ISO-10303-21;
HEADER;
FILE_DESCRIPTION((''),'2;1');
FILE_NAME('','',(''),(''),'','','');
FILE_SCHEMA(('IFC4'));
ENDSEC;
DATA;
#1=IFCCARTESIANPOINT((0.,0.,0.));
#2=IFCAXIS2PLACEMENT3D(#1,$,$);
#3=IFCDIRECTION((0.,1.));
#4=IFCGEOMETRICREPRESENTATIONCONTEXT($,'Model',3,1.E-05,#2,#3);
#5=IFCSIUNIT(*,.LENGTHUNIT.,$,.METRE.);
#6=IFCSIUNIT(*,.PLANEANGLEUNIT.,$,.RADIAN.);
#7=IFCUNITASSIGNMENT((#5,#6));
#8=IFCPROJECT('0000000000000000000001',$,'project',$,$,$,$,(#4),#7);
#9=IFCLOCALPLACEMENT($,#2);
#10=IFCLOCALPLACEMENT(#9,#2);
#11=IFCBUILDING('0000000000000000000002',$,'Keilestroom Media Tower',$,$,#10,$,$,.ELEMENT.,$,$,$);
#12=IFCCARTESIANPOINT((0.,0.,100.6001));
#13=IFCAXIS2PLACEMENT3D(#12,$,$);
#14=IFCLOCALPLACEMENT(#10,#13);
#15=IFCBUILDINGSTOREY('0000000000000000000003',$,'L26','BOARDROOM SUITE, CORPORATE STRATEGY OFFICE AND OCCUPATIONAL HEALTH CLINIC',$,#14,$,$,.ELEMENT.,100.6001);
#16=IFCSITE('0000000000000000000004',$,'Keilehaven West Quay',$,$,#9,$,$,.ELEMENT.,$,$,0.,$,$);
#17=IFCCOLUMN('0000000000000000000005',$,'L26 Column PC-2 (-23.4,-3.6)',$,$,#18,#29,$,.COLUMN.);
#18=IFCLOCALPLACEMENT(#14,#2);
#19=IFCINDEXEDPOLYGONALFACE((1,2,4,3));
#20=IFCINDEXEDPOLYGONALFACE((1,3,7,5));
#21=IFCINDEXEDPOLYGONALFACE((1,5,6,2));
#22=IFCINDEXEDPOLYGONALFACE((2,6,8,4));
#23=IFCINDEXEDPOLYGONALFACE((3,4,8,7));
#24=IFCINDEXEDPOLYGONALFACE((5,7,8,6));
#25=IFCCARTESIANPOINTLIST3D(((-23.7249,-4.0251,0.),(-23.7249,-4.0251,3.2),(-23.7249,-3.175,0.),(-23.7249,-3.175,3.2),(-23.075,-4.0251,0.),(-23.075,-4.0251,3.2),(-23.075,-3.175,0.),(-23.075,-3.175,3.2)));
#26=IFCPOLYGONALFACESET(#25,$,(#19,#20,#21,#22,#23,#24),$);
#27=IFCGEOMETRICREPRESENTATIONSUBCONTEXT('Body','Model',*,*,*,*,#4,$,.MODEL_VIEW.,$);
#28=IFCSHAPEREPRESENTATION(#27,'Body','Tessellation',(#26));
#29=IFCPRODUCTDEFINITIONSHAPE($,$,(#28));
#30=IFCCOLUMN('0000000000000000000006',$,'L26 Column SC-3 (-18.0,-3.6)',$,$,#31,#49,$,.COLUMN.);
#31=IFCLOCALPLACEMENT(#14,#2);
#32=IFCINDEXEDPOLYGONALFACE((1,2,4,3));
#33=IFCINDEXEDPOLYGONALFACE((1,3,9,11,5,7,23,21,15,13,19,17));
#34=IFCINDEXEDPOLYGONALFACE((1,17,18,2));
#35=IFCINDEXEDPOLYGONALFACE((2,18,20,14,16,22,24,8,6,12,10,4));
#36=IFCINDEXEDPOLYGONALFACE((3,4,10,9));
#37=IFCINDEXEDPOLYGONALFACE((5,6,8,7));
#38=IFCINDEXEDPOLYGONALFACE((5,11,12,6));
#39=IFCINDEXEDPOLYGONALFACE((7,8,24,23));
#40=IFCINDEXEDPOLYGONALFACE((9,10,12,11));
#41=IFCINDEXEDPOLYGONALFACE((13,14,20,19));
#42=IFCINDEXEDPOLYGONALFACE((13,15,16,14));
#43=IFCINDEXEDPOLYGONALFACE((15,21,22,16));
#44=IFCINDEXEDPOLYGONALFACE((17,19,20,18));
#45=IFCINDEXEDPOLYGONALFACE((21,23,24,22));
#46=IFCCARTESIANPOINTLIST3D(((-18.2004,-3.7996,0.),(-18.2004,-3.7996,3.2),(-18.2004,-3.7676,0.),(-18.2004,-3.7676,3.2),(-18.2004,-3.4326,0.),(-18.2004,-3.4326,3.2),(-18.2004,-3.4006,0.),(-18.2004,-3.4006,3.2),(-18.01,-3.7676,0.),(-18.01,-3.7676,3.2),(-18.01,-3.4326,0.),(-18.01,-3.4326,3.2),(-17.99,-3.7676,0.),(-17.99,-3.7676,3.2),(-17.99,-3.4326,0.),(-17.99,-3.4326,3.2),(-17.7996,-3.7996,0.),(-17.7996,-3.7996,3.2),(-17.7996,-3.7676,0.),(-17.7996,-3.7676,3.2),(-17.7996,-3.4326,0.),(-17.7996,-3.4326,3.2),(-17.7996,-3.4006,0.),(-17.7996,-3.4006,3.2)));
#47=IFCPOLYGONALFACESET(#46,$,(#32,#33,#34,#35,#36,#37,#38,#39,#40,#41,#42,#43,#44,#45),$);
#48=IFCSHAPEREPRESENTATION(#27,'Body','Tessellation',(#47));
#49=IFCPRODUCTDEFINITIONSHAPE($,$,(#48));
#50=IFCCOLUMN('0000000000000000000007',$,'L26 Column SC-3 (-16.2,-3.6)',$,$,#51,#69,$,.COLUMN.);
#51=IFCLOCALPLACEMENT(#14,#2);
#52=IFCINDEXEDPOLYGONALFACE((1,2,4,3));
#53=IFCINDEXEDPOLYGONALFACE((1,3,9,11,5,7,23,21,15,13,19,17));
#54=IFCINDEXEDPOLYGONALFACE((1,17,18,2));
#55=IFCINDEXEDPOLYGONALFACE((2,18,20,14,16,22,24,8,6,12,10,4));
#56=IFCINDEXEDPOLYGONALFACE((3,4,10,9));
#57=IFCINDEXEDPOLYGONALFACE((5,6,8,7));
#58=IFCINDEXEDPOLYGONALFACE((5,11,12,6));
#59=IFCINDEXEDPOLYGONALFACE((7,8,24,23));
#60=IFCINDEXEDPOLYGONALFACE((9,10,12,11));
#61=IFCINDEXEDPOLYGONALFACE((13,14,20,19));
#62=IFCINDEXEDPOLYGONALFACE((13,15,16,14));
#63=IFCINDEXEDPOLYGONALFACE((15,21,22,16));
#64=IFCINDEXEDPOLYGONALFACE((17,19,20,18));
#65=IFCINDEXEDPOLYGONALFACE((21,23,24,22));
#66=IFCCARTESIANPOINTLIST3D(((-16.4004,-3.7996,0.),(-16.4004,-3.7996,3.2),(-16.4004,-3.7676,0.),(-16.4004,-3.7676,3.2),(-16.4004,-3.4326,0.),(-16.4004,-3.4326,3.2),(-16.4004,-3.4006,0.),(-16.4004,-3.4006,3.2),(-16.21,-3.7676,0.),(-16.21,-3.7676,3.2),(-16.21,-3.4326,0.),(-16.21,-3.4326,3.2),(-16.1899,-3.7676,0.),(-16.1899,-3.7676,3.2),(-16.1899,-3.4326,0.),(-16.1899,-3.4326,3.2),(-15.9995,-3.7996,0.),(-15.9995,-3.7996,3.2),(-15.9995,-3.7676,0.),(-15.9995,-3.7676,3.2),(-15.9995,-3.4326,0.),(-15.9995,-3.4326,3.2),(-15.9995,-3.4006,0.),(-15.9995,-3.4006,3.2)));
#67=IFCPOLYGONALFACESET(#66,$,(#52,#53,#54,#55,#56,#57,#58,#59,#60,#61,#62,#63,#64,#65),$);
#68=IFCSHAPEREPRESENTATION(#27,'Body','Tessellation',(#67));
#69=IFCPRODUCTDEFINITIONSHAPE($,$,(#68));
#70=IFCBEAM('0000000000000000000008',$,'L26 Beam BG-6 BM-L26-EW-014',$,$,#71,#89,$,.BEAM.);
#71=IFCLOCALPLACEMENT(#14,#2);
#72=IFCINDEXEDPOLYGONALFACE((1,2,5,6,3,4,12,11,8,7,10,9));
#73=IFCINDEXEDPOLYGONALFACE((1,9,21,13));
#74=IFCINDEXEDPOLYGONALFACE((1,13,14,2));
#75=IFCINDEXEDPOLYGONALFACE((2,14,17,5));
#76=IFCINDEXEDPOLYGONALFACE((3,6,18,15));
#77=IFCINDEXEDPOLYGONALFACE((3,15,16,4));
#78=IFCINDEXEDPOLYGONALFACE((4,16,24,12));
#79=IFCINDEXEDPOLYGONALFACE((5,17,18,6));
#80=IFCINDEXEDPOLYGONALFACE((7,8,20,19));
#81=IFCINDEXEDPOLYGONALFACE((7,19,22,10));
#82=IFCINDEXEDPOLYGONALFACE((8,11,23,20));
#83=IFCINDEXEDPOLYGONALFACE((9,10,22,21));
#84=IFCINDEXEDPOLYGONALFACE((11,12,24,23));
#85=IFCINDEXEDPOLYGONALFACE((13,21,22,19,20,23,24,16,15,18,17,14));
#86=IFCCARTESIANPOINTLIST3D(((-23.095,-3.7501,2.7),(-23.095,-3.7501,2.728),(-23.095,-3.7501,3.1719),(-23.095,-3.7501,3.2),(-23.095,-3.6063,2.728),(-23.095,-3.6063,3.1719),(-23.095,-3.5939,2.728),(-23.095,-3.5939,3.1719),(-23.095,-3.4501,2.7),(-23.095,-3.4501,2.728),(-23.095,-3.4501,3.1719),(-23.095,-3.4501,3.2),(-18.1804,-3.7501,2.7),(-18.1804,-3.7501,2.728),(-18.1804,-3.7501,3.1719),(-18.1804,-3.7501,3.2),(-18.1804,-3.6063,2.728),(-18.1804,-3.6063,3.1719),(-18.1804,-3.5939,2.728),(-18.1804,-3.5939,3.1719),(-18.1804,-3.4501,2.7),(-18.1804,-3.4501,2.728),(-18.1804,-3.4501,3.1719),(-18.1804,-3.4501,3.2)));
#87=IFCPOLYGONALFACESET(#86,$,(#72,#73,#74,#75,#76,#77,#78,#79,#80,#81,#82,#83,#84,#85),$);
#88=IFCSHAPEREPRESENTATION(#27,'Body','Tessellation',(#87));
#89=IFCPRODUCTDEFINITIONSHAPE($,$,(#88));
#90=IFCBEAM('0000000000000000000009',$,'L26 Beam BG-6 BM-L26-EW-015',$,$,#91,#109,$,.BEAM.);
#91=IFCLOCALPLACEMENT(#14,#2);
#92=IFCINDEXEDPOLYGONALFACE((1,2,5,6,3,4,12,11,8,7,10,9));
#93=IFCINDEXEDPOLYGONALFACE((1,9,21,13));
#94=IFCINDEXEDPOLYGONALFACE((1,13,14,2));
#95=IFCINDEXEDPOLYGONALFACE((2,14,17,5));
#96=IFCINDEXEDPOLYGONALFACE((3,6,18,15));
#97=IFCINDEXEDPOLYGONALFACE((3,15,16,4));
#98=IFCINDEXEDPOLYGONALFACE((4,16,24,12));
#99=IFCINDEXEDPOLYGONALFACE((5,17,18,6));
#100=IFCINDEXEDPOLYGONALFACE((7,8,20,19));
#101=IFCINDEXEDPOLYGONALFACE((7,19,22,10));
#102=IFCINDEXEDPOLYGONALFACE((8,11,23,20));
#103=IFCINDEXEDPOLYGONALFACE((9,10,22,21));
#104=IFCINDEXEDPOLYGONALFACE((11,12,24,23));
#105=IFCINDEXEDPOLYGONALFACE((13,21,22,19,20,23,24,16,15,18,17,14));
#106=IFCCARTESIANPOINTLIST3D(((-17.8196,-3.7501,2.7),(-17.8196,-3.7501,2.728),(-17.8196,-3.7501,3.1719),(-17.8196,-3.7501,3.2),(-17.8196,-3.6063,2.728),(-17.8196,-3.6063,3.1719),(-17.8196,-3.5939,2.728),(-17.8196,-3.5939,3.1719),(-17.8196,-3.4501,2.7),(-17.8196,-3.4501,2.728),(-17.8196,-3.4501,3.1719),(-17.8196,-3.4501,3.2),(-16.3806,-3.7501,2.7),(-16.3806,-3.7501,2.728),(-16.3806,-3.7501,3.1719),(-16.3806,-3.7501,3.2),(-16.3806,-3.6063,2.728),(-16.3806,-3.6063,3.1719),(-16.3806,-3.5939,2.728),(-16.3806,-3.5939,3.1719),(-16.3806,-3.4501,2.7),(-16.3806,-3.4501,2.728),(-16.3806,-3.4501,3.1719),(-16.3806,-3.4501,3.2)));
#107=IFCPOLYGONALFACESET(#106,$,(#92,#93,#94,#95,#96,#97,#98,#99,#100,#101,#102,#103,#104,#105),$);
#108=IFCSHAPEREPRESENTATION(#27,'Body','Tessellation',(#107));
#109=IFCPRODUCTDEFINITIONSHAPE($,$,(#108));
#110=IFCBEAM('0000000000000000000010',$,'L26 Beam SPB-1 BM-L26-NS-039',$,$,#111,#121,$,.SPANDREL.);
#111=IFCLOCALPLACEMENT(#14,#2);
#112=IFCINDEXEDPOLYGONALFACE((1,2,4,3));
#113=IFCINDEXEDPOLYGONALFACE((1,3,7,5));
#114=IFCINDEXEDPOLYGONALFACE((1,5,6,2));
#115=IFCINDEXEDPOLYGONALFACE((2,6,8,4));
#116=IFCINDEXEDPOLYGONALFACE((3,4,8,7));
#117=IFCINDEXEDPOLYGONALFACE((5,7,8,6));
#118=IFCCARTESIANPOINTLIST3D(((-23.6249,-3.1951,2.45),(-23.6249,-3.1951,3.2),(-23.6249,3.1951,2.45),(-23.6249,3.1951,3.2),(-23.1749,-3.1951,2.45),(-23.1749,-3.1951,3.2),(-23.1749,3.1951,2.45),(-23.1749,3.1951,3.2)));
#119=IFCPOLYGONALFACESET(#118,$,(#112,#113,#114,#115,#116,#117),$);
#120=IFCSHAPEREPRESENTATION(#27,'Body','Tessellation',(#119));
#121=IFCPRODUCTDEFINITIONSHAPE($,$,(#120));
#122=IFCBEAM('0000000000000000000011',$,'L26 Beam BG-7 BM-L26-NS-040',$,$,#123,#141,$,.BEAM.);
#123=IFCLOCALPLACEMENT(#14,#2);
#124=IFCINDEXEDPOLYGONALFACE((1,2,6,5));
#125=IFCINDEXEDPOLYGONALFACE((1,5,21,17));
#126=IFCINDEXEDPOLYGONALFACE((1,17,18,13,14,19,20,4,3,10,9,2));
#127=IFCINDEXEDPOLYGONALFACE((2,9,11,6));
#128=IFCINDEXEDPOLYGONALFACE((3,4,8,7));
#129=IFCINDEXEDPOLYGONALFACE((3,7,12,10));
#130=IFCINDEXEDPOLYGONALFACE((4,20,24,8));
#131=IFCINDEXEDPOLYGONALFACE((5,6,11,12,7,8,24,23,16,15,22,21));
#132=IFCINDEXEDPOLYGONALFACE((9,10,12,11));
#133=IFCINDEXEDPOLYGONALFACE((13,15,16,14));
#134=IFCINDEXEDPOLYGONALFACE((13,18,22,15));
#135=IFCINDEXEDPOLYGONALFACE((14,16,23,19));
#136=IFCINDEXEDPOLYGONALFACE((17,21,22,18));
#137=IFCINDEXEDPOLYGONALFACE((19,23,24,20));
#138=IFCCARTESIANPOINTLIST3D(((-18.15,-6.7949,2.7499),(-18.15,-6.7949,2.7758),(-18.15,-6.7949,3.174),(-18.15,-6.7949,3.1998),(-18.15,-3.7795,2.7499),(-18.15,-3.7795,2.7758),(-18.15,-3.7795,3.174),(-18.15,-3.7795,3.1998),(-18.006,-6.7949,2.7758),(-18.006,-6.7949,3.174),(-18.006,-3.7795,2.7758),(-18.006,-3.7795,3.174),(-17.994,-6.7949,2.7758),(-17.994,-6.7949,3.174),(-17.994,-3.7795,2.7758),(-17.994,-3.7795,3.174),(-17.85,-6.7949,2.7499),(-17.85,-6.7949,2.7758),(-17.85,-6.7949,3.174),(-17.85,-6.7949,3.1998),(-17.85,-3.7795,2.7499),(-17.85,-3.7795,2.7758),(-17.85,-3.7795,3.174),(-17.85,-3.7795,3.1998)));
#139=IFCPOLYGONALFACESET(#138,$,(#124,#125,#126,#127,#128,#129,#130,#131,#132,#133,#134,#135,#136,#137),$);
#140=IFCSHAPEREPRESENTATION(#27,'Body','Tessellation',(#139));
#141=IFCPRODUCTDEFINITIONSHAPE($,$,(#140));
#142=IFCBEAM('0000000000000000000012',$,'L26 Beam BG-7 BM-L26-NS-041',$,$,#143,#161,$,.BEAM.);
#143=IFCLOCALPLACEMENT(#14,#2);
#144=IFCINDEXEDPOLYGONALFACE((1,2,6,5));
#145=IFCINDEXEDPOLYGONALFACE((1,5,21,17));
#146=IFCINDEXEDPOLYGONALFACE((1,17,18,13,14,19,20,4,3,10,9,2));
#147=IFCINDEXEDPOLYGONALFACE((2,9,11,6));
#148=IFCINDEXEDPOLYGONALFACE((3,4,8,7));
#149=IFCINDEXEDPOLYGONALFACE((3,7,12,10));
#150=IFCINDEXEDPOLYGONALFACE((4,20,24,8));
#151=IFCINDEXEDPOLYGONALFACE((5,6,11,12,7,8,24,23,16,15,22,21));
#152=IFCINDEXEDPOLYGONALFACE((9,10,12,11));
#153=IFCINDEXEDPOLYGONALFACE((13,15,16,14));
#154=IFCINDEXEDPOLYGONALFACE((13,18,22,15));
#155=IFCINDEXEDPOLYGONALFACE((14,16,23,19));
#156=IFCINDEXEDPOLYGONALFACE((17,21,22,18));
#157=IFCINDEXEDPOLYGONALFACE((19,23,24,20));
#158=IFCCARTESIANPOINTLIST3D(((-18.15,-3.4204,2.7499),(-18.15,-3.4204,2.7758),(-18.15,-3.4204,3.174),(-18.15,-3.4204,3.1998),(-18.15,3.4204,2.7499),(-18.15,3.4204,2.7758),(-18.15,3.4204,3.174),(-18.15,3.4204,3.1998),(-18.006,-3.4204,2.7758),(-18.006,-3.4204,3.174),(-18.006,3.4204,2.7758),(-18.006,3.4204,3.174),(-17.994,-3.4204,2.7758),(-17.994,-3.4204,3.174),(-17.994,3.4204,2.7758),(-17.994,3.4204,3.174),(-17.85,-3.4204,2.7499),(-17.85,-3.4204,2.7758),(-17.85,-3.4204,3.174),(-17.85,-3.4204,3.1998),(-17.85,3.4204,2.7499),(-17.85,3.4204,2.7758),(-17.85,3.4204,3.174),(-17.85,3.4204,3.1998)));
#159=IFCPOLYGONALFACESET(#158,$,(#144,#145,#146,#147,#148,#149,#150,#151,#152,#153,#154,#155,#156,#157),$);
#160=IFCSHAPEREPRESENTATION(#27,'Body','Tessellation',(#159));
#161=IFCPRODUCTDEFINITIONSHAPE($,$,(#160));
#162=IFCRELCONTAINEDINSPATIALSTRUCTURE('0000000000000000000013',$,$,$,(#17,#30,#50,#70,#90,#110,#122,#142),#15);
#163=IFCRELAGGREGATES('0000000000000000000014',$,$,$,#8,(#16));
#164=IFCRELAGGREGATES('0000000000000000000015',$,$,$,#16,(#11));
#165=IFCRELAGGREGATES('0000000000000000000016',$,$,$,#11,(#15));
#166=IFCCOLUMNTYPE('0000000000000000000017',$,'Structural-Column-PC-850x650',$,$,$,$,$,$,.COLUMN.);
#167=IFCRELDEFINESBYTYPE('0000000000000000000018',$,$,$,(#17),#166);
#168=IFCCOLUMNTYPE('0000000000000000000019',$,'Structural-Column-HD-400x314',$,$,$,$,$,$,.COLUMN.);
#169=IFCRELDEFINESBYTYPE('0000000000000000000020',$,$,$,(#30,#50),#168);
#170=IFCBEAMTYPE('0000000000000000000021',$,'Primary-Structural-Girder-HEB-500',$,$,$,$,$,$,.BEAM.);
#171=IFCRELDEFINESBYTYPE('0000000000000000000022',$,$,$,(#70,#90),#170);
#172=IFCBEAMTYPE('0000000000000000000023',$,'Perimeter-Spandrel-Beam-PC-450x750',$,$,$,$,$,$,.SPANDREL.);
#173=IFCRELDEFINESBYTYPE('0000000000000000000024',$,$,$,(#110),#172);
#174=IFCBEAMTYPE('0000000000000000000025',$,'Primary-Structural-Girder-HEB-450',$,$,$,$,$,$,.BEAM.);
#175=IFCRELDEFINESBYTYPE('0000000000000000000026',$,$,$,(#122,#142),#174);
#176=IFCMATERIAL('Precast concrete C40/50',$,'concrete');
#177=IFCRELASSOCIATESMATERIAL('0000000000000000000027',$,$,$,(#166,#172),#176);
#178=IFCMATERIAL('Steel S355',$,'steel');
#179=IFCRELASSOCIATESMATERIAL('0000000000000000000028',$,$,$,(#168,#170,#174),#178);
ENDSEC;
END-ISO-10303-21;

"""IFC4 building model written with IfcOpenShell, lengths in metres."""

from ifc_helpers import new_model, si_unit, direction, frame, origin, origin_2d, place, context, subcontext, project, spatial, rectangle, i_section, extrude, source, transform, mapped, material, material_profile, profile_set, type_object, element, save


model = new_model("IFC4")

# Units and contexts
model_context = context("Model", 3, precision=1e-05, world=origin(), true_north=direction((0.0, 1.0)))
body_context = subcontext(model_context, "Body", "Model", "MODEL_VIEW")
ifc_project = project(units=[si_unit("LENGTHUNIT", "METRE"), si_unit("PLANEANGLEUNIT", "RADIAN")], contexts=[model_context])

# Site, building, storey
site_placement = place(None, origin())
site = spatial("IfcSite", under=ifc_project, at=site_placement, Name="Keilehaven West Quay", CompositionType="ELEMENT", RefElevation=0.0)
building_placement = place(site_placement, origin())
building = spatial("IfcBuilding", under=site, at=building_placement, Name="Keilestroom Media Tower", CompositionType="ELEMENT")
storey_placement = place(building_placement, frame((0.0, 0.0, 100.6001)))
storey = spatial("IfcBuildingStorey", under=building, at=storey_placement, Name="L26", Description="BOARDROOM SUITE, CORPORATE STRATEGY OFFICE AND OCCUPATIONAL HEALTH CLINIC", CompositionType="ELEMENT", Elevation=100.6001)

# Columns
ifc_material_1 = material(Name="Precast concrete C40/50", Category="concrete")
ifc_material_profile_1 = material_profile(ifc_material_1, rectangle(XDim=0.6499, YDim=0.8501, at=origin_2d()), Name="PC 850x650")
ifc_profile_set_1 = profile_set([ifc_material_profile_1], Name="Precast concrete C40/50")
column_type_1 = type_object("IfcColumnType", Name="Structural-Column-PC-850x650", PredefinedType="COLUMN", material=ifc_profile_set_1)
shared_shape_1 = source(origin(), body_context, "Body", "SweptSolid", [
    extrude(rectangle(XDim=0.6499, YDim=0.8501, at=origin_2d()), origin(), (0.0, 0.0, 1.0), 3.2),
])
column_placement = place(storey_placement, frame((-23.3999, -3.6001, 0.0), z_axis=(0.0, 0.0, 1.0), x_axis=(1.0, 0.0, 0.0)))
element("IfcColumn", 1, at=column_placement, inside=storey, type_object=column_type_1, Name="L26 Column PC-2 (-23.4,-3.6)", PredefinedType="COLUMN", context=body_context, shape_type="MappedRepresentation", body=[
    mapped(shared_shape_1, transform((0.0, 0.0, 0.0), x_axis=(1.0, 0.0, 0.0), y_axis=(0.0, 1.0, 0.0), z_axis=(0.0, 0.0, 1.0), scale=1.0)),
])
ifc_material_2 = material(Name="Steel S355", Category="steel")
ifc_material_profile_2 = material_profile(ifc_material_2, i_section(OverallWidth=0.4009, OverallDepth=0.3989, WebThickness=0.02, FlangeThickness=0.032, at=origin_2d()), Name="HD 400x314")
ifc_profile_set_2 = profile_set([ifc_material_profile_2], Name="Steel S355")
column_type_2 = type_object("IfcColumnType", Name="Structural-Column-HD-400x314", PredefinedType="COLUMN", material=ifc_profile_set_2)
shared_shape_2 = source(origin(), body_context, "Body", "SweptSolid", [
    extrude(i_section(OverallWidth=0.4009, OverallDepth=0.3989, WebThickness=0.02, FlangeThickness=0.032, at=origin_2d()), origin(), (0.0, 0.0, 1.0), 3.2),
])
for number, where, z_axis, x_axis, name in (
    (2, (-18.0, -3.6001, 0.0), (0.0, 0.0, 1.0), (1.0, 0.0, 0.0), "L26 Column SC-3 (-18.0,-3.6)"),
    (3, (-16.2, -3.6001, 0.0), (0.0, 0.0, 1.0), (1.0, 0.0, 0.0), "L26 Column SC-3 (-16.2,-3.6)"),
):
    element("IfcColumn", number, at=place(storey_placement, frame(where, z_axis=z_axis, x_axis=x_axis)), inside=storey, type_object=column_type_2, Name=name, PredefinedType="COLUMN", context=body_context, shape_type="MappedRepresentation", body=[
        mapped(shared_shape_2, transform((0.0, 0.0, 0.0), x_axis=(1.0, 0.0, 0.0), y_axis=(0.0, 1.0, 0.0), z_axis=(0.0, 0.0, 1.0), scale=1.0)),
    ])

# Beams
ifc_material_profile_3 = material_profile(ifc_material_2, i_section(OverallWidth=0.3, OverallDepth=0.5, WebThickness=0.0125, FlangeThickness=0.0281, at=origin_2d()), Name="HEB 500")
ifc_profile_set_3 = profile_set([ifc_material_profile_3], Name="Steel S355")
beam_type_1 = type_object("IfcBeamType", Name="Primary-Structural-Girder-HEB-500", PredefinedType="BEAM", material=ifc_profile_set_3)
shared_shape_3 = source(origin(), body_context, "Body", "SweptSolid", [
    extrude(i_section(OverallWidth=0.3, OverallDepth=0.5, WebThickness=0.0125, FlangeThickness=0.0281, at=origin_2d()), origin(), (0.0, 0.0, 1.0), 4.9146),
])
beam_1_placement = place(storey_placement, frame((-23.095, -3.6001, 2.95), z_axis=(1.0, 0.0, 0.0), x_axis=(0.0, 1.0, 0.0)))
element("IfcBeam", 4, at=beam_1_placement, inside=storey, type_object=beam_type_1, Name="L26 Beam BG-6 BM-L26-EW-014", PredefinedType="BEAM", context=body_context, shape_type="MappedRepresentation", body=[
    mapped(shared_shape_3, transform((0.0, 0.0, 0.0), x_axis=(1.0, 0.0, 0.0), y_axis=(0.0, 1.0, 0.0), z_axis=(0.0, 0.0, 1.0), scale=1.0)),
])
shared_shape_4 = source(origin(), body_context, "Body", "SweptSolid", [
    extrude(i_section(OverallWidth=0.3, OverallDepth=0.5, WebThickness=0.0125, FlangeThickness=0.0281, at=origin_2d()), origin(), (0.0, 0.0, 1.0), 1.439),
])
beam_2_placement = place(storey_placement, frame((-17.8196, -3.6001, 2.95), z_axis=(1.0, 0.0, 0.0), x_axis=(0.0, 1.0, 0.0)))
element("IfcBeam", 5, at=beam_2_placement, inside=storey, type_object=beam_type_1, Name="L26 Beam BG-6 BM-L26-EW-015", PredefinedType="BEAM", context=body_context, shape_type="MappedRepresentation", body=[
    mapped(shared_shape_4, transform((0.0, 0.0, 0.0), x_axis=(1.0, 0.0, 0.0), y_axis=(0.0, 1.0, 0.0), z_axis=(0.0, 0.0, 1.0), scale=1.0)),
])
ifc_material_profile_4 = material_profile(ifc_material_1, rectangle(XDim=0.45, YDim=0.75, at=origin_2d()), Name="PC 450x750")
ifc_profile_set_4 = profile_set([ifc_material_profile_4], Name="Precast concrete C40/50")
beam_type_2 = type_object("IfcBeamType", Name="Perimeter-Spandrel-Beam-PC-450x750", PredefinedType="SPANDREL", material=ifc_profile_set_4)
shared_shape_5 = source(origin(), body_context, "Body", "SweptSolid", [
    extrude(rectangle(XDim=0.45, YDim=0.75, at=origin_2d()), origin(), (0.0, 0.0, 1.0), 6.3901),
])
beam_3_placement = place(storey_placement, frame((-23.3999, -3.1951, 2.825), z_axis=(0.0, 1.0, 0.0), x_axis=(-1.0, 0.0, 0.0)))
element("IfcBeam", 6, at=beam_3_placement, inside=storey, type_object=beam_type_2, Name="L26 Beam SPB-1 BM-L26-NS-039", PredefinedType="SPANDREL", context=body_context, shape_type="MappedRepresentation", body=[
    mapped(shared_shape_5, transform((0.0, 0.0, 0.0), x_axis=(1.0, 0.0, 0.0), y_axis=(0.0, 1.0, 0.0), z_axis=(0.0, 0.0, 1.0), scale=1.0)),
])
ifc_material_profile_5 = material_profile(ifc_material_2, i_section(OverallWidth=0.3, OverallDepth=0.45, WebThickness=0.012, FlangeThickness=0.0259, at=origin_2d()), Name="HEB 450")
ifc_profile_set_5 = profile_set([ifc_material_profile_5], Name="Steel S355")
beam_type_3 = type_object("IfcBeamType", Name="Primary-Structural-Girder-HEB-450", PredefinedType="BEAM", material=ifc_profile_set_5)
shared_shape_6 = source(origin(), body_context, "Body", "SweptSolid", [
    extrude(i_section(OverallWidth=0.3, OverallDepth=0.45, WebThickness=0.012, FlangeThickness=0.0259, at=origin_2d()), origin(), (0.0, 0.0, 1.0), 3.0154),
])
beam_4_placement = place(storey_placement, frame((-18.0, -6.7949, 2.9749), z_axis=(0.0, 1.0, 0.0), x_axis=(-1.0, 0.0, 0.0)))
element("IfcBeam", 7, at=beam_4_placement, inside=storey, type_object=beam_type_3, Name="L26 Beam BG-7 BM-L26-NS-040", PredefinedType="BEAM", context=body_context, shape_type="MappedRepresentation", body=[
    mapped(shared_shape_6, transform((0.0, 0.0, 0.0), x_axis=(1.0, 0.0, 0.0), y_axis=(0.0, 1.0, 0.0), z_axis=(0.0, 0.0, 1.0), scale=1.0)),
])
shared_shape_7 = source(origin(), body_context, "Body", "SweptSolid", [
    extrude(i_section(OverallWidth=0.3, OverallDepth=0.45, WebThickness=0.012, FlangeThickness=0.0259, at=origin_2d()), origin(), (0.0, 0.0, 1.0), 6.8408),
])
for number, where, z_axis, x_axis, name in (
    (8, (-18.0, -3.4204, 2.9749), (0.0, 1.0, 0.0), (-1.0, 0.0, 0.0), "L26 Beam BG-7 BM-L26-NS-041"),
):
    element("IfcBeam", number, at=place(storey_placement, frame(where, z_axis=z_axis, x_axis=x_axis)), inside=storey, type_object=beam_type_3, Name=name, PredefinedType="BEAM", context=body_context, shape_type="MappedRepresentation", body=[
        mapped(shared_shape_7, transform((0.0, 0.0, 0.0), x_axis=(1.0, 0.0, 0.0), y_axis=(0.0, 1.0, 0.0), z_axis=(0.0, 0.0, 1.0), scale=1.0)),
    ])

save(model, "model.ifc")
